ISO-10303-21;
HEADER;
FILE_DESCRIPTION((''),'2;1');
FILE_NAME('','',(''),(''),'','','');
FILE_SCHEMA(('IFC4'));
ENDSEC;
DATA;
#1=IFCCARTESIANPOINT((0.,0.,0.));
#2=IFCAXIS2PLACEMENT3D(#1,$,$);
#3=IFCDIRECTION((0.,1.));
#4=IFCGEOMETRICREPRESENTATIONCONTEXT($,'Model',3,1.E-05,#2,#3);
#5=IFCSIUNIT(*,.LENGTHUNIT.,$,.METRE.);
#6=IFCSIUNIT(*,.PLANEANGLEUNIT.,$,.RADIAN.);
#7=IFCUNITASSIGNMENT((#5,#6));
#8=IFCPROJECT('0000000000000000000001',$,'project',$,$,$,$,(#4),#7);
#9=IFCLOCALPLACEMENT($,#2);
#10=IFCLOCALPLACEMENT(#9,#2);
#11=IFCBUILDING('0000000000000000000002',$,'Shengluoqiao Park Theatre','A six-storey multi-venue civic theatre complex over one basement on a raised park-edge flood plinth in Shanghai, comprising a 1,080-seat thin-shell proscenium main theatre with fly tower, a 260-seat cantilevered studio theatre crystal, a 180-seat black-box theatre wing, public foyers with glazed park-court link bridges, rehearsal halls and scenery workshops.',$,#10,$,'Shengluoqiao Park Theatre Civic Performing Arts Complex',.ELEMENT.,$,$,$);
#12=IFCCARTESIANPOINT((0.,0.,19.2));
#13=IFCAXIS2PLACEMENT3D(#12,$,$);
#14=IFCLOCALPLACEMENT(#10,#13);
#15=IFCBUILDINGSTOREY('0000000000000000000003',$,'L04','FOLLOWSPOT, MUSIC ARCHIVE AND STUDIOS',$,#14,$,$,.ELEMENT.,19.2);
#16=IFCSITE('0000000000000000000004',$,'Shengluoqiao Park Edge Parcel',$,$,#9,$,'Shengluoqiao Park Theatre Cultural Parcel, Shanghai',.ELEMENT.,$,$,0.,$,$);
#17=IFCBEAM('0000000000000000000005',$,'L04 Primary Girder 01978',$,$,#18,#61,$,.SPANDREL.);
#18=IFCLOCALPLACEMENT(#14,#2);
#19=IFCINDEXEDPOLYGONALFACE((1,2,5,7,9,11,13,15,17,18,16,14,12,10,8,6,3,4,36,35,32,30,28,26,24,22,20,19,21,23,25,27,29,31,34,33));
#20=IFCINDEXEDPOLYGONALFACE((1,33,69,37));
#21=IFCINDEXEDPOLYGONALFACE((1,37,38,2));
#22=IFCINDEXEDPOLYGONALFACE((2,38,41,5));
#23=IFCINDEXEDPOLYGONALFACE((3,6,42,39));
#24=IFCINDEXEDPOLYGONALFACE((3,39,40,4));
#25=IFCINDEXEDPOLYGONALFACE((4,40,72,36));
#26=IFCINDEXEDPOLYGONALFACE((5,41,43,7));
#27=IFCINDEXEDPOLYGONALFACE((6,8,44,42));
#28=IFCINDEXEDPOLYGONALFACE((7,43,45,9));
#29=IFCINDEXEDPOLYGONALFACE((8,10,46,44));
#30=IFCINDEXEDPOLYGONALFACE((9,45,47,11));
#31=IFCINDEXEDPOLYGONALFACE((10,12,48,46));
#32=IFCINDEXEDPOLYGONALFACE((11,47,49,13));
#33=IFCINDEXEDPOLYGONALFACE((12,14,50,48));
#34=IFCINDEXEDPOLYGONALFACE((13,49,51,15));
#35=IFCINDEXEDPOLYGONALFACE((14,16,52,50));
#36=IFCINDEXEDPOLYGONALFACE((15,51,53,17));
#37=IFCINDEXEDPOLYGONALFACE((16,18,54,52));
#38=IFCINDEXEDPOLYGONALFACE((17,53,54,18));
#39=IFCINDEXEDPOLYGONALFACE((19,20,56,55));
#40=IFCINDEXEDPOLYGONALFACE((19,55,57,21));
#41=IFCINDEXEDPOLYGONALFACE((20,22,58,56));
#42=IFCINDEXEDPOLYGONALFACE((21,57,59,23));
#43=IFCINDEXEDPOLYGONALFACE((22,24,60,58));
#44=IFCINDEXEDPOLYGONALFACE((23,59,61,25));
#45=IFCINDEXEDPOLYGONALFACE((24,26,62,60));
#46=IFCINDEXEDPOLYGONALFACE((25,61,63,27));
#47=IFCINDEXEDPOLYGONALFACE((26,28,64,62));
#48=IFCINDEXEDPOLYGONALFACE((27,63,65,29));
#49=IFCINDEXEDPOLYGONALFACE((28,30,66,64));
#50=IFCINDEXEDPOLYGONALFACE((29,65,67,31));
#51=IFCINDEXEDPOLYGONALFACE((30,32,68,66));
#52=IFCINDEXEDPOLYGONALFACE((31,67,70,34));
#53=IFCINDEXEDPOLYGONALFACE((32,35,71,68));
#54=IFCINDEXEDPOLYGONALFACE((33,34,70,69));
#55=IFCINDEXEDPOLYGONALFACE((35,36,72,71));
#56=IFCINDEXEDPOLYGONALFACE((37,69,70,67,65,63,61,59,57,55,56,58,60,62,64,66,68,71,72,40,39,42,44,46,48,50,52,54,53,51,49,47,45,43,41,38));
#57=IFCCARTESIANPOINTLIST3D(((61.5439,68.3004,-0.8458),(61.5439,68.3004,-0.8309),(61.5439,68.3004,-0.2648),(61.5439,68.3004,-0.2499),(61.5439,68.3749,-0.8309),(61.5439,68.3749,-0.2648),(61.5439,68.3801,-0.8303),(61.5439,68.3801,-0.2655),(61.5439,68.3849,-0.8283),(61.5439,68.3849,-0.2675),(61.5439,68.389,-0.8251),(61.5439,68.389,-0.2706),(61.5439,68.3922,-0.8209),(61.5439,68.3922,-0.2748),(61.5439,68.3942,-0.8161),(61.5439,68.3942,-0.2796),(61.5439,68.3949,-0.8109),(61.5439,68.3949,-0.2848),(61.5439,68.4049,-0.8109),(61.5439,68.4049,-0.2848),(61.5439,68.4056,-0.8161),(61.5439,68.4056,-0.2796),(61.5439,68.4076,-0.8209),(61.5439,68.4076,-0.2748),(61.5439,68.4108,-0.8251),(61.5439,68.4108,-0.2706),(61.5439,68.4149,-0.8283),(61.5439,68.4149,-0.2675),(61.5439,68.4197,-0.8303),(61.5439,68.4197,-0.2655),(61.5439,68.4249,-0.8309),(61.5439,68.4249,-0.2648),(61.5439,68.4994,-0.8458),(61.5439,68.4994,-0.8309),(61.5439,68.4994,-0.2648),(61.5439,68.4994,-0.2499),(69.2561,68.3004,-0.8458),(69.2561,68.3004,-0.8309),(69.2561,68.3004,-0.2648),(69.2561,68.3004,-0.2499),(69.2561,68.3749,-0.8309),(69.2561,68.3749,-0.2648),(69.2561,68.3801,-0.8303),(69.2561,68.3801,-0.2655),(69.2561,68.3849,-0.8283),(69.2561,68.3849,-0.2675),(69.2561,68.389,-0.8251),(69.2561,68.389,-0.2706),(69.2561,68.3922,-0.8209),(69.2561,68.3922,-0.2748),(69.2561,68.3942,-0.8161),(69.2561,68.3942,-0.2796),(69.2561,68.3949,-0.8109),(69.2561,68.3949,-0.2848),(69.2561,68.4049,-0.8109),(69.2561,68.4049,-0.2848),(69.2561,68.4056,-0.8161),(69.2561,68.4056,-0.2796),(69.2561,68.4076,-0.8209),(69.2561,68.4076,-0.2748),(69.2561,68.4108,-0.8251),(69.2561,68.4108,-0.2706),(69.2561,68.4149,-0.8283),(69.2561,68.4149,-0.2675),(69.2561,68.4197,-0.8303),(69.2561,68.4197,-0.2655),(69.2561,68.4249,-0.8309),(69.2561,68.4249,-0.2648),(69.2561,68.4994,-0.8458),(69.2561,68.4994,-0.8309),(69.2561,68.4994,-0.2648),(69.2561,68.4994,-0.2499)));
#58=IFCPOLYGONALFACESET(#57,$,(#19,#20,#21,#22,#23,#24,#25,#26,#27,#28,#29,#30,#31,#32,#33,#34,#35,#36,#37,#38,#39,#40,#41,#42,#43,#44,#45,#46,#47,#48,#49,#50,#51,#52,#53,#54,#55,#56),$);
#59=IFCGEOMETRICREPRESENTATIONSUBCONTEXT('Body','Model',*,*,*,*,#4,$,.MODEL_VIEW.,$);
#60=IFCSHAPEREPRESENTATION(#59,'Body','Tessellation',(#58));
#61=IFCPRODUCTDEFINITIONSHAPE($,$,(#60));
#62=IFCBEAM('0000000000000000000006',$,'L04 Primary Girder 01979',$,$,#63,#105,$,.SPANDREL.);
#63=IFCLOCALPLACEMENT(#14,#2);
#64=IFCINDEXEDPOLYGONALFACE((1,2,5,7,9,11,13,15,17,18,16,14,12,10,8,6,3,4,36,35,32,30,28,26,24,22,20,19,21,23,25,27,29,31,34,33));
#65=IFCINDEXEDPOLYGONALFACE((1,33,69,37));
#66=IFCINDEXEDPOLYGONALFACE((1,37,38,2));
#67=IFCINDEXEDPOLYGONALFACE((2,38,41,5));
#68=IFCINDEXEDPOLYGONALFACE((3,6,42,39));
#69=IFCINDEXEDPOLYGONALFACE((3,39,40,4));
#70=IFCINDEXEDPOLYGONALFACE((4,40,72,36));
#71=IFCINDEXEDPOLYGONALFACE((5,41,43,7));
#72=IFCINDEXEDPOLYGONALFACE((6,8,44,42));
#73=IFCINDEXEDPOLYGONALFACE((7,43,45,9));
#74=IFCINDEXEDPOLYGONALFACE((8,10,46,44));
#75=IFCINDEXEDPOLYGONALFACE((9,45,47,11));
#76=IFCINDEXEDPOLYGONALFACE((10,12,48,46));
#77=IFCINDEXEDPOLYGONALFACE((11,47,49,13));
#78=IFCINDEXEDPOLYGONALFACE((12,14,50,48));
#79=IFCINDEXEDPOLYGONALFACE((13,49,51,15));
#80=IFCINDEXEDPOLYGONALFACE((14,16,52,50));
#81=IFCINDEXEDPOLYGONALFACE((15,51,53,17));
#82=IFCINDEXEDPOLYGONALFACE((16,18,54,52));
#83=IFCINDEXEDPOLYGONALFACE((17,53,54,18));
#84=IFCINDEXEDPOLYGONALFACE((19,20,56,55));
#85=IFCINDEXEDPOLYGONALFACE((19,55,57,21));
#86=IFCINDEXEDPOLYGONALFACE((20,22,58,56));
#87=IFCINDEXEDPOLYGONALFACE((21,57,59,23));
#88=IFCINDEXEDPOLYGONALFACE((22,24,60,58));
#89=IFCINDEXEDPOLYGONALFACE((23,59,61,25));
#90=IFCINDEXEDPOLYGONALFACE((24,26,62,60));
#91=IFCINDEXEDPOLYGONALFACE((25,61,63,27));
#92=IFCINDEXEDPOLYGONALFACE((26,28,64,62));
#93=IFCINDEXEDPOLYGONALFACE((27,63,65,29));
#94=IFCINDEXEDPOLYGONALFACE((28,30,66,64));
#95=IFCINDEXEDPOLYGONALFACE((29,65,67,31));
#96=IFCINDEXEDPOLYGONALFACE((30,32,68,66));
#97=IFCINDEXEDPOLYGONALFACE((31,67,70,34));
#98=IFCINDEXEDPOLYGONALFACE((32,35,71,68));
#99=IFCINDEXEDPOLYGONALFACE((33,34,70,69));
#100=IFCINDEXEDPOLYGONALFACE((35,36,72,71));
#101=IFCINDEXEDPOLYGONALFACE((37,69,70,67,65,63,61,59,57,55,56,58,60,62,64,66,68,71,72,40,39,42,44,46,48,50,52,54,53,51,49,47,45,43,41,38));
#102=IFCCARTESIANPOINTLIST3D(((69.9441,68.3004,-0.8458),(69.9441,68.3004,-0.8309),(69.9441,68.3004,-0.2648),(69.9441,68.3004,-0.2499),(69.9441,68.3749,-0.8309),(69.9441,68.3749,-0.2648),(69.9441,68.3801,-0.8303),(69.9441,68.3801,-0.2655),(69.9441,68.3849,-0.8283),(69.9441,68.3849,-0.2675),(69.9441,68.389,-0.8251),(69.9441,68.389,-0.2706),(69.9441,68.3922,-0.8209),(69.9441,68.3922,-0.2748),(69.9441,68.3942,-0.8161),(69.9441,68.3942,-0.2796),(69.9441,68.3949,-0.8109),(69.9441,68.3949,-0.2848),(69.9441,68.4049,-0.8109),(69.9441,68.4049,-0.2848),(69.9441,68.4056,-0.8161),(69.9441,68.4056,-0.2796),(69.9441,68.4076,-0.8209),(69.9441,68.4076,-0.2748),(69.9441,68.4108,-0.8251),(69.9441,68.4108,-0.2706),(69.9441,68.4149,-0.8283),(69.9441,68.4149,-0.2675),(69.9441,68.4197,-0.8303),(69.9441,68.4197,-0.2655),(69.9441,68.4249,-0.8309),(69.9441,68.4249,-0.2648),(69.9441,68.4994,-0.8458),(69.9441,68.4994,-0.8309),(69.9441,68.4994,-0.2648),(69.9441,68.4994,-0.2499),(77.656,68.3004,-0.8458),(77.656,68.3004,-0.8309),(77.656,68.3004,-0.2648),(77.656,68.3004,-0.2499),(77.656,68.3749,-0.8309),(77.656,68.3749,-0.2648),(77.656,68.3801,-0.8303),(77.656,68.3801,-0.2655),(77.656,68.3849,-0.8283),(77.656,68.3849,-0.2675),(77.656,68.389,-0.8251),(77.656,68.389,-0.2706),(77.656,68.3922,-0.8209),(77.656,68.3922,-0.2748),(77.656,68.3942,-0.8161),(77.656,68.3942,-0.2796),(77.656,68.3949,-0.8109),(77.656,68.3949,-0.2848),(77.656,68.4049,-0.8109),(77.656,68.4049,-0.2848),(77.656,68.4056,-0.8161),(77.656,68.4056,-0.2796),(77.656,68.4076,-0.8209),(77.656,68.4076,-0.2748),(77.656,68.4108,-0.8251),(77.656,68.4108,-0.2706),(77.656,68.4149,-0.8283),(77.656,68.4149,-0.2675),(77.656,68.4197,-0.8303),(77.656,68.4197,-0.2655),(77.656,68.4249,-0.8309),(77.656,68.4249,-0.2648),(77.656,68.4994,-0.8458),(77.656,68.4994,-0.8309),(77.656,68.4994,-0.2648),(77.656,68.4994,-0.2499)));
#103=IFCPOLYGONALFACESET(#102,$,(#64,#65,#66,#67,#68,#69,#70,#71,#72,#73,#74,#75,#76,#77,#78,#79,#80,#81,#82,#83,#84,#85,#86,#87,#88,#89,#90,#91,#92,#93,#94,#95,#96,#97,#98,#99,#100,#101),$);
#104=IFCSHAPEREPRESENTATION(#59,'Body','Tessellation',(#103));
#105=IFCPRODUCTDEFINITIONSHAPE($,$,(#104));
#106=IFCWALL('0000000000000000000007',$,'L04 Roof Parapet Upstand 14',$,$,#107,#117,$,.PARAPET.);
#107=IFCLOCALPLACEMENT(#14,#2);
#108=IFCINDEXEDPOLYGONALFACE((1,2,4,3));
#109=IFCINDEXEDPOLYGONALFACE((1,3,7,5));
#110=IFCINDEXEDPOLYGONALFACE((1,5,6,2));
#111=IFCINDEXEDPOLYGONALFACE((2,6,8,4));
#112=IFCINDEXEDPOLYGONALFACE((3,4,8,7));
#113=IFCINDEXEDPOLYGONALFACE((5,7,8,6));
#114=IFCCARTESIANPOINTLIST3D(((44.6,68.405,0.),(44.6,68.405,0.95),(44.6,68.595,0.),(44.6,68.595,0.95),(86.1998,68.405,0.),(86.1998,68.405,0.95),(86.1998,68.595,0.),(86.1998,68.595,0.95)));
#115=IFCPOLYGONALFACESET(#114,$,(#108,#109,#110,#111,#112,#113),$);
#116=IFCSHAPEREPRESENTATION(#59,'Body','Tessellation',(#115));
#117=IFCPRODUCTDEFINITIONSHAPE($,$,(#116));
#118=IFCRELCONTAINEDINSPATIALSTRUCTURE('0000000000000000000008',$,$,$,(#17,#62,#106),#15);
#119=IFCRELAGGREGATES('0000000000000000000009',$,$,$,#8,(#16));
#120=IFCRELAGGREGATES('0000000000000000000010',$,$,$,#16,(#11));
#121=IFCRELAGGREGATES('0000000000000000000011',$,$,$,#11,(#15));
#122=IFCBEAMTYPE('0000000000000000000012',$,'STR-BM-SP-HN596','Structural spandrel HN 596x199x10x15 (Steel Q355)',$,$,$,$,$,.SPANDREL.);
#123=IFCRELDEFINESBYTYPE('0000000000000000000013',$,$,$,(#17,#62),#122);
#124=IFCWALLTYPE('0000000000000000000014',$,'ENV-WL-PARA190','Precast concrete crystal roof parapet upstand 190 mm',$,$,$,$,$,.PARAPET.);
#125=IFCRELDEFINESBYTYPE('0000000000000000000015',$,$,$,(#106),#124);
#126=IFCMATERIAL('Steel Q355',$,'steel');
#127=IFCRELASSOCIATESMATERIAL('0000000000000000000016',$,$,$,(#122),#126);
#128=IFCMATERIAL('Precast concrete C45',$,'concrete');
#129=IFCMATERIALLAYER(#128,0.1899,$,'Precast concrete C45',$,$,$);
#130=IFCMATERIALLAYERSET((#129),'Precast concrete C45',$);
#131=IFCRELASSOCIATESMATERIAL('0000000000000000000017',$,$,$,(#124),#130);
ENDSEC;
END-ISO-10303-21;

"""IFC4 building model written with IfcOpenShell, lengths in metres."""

from ifc_helpers import new_model, si_unit, direction, frame, frame_2d, origin, origin_2d, place, context, subcontext, project, spatial, rectangle, i_section, extrude, material, layer, layer_set, material_profile, profile_set, type_object, element, save


model = new_model("IFC4")

# Units and contexts
model_context = context("Model", 3, precision=1e-05, world=origin(), true_north=direction((0.0, 1.0)))
body_context = subcontext(model_context, "Body", "Model", "MODEL_VIEW")
ifc_project = project(units=[si_unit("LENGTHUNIT", "METRE"), si_unit("PLANEANGLEUNIT", "RADIAN")], contexts=[model_context])

# Site, building, storey
site_placement = place(None, origin())
site = spatial("IfcSite", under=ifc_project, at=site_placement, Name="Shengluoqiao Park Edge Parcel", LongName="Shengluoqiao Park Theatre Cultural Parcel, Shanghai", CompositionType="ELEMENT", RefElevation=0.0)
building_placement = place(site_placement, origin())
building = spatial("IfcBuilding", under=site, at=building_placement, Name="Shengluoqiao Park Theatre", Description="A six-storey multi-venue civic theatre complex over one basement on a raised park-edge flood plinth in Shanghai, comprising a 1,080-seat thin-shell proscenium main theatre with fly tower, a 260-seat cantilevered studio theatre crystal, a 180-seat black-box theatre wing, public foyers with glazed park-court link bridges, rehearsal halls and scenery workshops.", LongName="Shengluoqiao Park Theatre Civic Performing Arts Complex", CompositionType="ELEMENT")
storey_placement = place(building_placement, frame((0.0, 0.0, 19.2)))
storey = spatial("IfcBuildingStorey", under=building, at=storey_placement, Name="L04", Description="FOLLOWSPOT, MUSIC ARCHIVE AND STUDIOS", CompositionType="ELEMENT", Elevation=19.2)

# Beams
ifc_material_1 = material(Name="Steel Q355", Category="steel")
ifc_material_profile_1 = material_profile(ifc_material_1, i_section(OverallWidth=0.199, OverallDepth=0.5959, WebThickness=0.01, FlangeThickness=0.0149, FilletRadius=0.02, at=origin_2d()), Name="HN 596x199x10x15")
ifc_profile_set_1 = profile_set([ifc_material_profile_1], Name="Steel Q355")
beam_type_1 = type_object("IfcBeamType", Name="STR-BM-SP-HN596", Description="Structural spandrel HN 596x199x10x15 (Steel Q355)", PredefinedType="SPANDREL", material=ifc_profile_set_1)
beam_1_placement = place(storey_placement, frame((61.5439, 68.3999, -0.5479), z_axis=(1.0, 0.0, 0.0), x_axis=(0.0, 1.0, 0.0)))
element("IfcBeam", 1, at=beam_1_placement, inside=storey, type_object=beam_type_1, Name="L04 Primary Girder 01978", PredefinedType="SPANDREL", context=body_context, shape_type="SweptSolid", body=[
    extrude(i_section(OverallWidth=0.199, OverallDepth=0.5959, WebThickness=0.01, FlangeThickness=0.0149, FilletRadius=0.02, at=origin_2d()), origin(), (0.0, 0.0, 1.0), 7.7122),
])
beam_2_placement = place(storey_placement, frame((69.9441, 68.3999, -0.5479), z_axis=(1.0, 0.0, 0.0), x_axis=(0.0, 1.0, 0.0)))
element("IfcBeam", 2, at=beam_2_placement, inside=storey, type_object=beam_type_1, Name="L04 Primary Girder 01979", PredefinedType="SPANDREL", context=body_context, shape_type="SweptSolid", body=[
    extrude(i_section(OverallWidth=0.199, OverallDepth=0.5959, WebThickness=0.01, FlangeThickness=0.0149, FilletRadius=0.02, at=origin_2d()), origin(), (0.0, 0.0, 1.0), 7.7119),
])

# Wall
ifc_material_2 = material(Name="Precast concrete C45", Category="concrete")
ifc_layer = layer(ifc_material_2, 0.1899, Name="Precast concrete C45")
ifc_layer_set = layer_set([ifc_layer], Name="Precast concrete C45")
wall_type = type_object("IfcWallType", Name="ENV-WL-PARA190", Description="Precast concrete crystal roof parapet upstand 190 mm", PredefinedType="PARAPET", material=ifc_layer_set)
wall_placement = place(storey_placement, frame((44.6001, 68.5, 0.0), z_axis=(0.0, 0.0, 1.0), x_axis=(1.0, 0.0, 0.0)))
element("IfcWall", 3, at=wall_placement, inside=storey, type_object=wall_type, Name="L04 Roof Parapet Upstand 14", PredefinedType="PARAPET", context=body_context, shape_type="SweptSolid", body=[
    extrude(rectangle(XDim=41.5999, YDim=0.1899, at=frame_2d((20.7998, 0.0))), origin(), (0.0, 0.0, 1.0), 0.95),
])

save(model, "model.ifc")
